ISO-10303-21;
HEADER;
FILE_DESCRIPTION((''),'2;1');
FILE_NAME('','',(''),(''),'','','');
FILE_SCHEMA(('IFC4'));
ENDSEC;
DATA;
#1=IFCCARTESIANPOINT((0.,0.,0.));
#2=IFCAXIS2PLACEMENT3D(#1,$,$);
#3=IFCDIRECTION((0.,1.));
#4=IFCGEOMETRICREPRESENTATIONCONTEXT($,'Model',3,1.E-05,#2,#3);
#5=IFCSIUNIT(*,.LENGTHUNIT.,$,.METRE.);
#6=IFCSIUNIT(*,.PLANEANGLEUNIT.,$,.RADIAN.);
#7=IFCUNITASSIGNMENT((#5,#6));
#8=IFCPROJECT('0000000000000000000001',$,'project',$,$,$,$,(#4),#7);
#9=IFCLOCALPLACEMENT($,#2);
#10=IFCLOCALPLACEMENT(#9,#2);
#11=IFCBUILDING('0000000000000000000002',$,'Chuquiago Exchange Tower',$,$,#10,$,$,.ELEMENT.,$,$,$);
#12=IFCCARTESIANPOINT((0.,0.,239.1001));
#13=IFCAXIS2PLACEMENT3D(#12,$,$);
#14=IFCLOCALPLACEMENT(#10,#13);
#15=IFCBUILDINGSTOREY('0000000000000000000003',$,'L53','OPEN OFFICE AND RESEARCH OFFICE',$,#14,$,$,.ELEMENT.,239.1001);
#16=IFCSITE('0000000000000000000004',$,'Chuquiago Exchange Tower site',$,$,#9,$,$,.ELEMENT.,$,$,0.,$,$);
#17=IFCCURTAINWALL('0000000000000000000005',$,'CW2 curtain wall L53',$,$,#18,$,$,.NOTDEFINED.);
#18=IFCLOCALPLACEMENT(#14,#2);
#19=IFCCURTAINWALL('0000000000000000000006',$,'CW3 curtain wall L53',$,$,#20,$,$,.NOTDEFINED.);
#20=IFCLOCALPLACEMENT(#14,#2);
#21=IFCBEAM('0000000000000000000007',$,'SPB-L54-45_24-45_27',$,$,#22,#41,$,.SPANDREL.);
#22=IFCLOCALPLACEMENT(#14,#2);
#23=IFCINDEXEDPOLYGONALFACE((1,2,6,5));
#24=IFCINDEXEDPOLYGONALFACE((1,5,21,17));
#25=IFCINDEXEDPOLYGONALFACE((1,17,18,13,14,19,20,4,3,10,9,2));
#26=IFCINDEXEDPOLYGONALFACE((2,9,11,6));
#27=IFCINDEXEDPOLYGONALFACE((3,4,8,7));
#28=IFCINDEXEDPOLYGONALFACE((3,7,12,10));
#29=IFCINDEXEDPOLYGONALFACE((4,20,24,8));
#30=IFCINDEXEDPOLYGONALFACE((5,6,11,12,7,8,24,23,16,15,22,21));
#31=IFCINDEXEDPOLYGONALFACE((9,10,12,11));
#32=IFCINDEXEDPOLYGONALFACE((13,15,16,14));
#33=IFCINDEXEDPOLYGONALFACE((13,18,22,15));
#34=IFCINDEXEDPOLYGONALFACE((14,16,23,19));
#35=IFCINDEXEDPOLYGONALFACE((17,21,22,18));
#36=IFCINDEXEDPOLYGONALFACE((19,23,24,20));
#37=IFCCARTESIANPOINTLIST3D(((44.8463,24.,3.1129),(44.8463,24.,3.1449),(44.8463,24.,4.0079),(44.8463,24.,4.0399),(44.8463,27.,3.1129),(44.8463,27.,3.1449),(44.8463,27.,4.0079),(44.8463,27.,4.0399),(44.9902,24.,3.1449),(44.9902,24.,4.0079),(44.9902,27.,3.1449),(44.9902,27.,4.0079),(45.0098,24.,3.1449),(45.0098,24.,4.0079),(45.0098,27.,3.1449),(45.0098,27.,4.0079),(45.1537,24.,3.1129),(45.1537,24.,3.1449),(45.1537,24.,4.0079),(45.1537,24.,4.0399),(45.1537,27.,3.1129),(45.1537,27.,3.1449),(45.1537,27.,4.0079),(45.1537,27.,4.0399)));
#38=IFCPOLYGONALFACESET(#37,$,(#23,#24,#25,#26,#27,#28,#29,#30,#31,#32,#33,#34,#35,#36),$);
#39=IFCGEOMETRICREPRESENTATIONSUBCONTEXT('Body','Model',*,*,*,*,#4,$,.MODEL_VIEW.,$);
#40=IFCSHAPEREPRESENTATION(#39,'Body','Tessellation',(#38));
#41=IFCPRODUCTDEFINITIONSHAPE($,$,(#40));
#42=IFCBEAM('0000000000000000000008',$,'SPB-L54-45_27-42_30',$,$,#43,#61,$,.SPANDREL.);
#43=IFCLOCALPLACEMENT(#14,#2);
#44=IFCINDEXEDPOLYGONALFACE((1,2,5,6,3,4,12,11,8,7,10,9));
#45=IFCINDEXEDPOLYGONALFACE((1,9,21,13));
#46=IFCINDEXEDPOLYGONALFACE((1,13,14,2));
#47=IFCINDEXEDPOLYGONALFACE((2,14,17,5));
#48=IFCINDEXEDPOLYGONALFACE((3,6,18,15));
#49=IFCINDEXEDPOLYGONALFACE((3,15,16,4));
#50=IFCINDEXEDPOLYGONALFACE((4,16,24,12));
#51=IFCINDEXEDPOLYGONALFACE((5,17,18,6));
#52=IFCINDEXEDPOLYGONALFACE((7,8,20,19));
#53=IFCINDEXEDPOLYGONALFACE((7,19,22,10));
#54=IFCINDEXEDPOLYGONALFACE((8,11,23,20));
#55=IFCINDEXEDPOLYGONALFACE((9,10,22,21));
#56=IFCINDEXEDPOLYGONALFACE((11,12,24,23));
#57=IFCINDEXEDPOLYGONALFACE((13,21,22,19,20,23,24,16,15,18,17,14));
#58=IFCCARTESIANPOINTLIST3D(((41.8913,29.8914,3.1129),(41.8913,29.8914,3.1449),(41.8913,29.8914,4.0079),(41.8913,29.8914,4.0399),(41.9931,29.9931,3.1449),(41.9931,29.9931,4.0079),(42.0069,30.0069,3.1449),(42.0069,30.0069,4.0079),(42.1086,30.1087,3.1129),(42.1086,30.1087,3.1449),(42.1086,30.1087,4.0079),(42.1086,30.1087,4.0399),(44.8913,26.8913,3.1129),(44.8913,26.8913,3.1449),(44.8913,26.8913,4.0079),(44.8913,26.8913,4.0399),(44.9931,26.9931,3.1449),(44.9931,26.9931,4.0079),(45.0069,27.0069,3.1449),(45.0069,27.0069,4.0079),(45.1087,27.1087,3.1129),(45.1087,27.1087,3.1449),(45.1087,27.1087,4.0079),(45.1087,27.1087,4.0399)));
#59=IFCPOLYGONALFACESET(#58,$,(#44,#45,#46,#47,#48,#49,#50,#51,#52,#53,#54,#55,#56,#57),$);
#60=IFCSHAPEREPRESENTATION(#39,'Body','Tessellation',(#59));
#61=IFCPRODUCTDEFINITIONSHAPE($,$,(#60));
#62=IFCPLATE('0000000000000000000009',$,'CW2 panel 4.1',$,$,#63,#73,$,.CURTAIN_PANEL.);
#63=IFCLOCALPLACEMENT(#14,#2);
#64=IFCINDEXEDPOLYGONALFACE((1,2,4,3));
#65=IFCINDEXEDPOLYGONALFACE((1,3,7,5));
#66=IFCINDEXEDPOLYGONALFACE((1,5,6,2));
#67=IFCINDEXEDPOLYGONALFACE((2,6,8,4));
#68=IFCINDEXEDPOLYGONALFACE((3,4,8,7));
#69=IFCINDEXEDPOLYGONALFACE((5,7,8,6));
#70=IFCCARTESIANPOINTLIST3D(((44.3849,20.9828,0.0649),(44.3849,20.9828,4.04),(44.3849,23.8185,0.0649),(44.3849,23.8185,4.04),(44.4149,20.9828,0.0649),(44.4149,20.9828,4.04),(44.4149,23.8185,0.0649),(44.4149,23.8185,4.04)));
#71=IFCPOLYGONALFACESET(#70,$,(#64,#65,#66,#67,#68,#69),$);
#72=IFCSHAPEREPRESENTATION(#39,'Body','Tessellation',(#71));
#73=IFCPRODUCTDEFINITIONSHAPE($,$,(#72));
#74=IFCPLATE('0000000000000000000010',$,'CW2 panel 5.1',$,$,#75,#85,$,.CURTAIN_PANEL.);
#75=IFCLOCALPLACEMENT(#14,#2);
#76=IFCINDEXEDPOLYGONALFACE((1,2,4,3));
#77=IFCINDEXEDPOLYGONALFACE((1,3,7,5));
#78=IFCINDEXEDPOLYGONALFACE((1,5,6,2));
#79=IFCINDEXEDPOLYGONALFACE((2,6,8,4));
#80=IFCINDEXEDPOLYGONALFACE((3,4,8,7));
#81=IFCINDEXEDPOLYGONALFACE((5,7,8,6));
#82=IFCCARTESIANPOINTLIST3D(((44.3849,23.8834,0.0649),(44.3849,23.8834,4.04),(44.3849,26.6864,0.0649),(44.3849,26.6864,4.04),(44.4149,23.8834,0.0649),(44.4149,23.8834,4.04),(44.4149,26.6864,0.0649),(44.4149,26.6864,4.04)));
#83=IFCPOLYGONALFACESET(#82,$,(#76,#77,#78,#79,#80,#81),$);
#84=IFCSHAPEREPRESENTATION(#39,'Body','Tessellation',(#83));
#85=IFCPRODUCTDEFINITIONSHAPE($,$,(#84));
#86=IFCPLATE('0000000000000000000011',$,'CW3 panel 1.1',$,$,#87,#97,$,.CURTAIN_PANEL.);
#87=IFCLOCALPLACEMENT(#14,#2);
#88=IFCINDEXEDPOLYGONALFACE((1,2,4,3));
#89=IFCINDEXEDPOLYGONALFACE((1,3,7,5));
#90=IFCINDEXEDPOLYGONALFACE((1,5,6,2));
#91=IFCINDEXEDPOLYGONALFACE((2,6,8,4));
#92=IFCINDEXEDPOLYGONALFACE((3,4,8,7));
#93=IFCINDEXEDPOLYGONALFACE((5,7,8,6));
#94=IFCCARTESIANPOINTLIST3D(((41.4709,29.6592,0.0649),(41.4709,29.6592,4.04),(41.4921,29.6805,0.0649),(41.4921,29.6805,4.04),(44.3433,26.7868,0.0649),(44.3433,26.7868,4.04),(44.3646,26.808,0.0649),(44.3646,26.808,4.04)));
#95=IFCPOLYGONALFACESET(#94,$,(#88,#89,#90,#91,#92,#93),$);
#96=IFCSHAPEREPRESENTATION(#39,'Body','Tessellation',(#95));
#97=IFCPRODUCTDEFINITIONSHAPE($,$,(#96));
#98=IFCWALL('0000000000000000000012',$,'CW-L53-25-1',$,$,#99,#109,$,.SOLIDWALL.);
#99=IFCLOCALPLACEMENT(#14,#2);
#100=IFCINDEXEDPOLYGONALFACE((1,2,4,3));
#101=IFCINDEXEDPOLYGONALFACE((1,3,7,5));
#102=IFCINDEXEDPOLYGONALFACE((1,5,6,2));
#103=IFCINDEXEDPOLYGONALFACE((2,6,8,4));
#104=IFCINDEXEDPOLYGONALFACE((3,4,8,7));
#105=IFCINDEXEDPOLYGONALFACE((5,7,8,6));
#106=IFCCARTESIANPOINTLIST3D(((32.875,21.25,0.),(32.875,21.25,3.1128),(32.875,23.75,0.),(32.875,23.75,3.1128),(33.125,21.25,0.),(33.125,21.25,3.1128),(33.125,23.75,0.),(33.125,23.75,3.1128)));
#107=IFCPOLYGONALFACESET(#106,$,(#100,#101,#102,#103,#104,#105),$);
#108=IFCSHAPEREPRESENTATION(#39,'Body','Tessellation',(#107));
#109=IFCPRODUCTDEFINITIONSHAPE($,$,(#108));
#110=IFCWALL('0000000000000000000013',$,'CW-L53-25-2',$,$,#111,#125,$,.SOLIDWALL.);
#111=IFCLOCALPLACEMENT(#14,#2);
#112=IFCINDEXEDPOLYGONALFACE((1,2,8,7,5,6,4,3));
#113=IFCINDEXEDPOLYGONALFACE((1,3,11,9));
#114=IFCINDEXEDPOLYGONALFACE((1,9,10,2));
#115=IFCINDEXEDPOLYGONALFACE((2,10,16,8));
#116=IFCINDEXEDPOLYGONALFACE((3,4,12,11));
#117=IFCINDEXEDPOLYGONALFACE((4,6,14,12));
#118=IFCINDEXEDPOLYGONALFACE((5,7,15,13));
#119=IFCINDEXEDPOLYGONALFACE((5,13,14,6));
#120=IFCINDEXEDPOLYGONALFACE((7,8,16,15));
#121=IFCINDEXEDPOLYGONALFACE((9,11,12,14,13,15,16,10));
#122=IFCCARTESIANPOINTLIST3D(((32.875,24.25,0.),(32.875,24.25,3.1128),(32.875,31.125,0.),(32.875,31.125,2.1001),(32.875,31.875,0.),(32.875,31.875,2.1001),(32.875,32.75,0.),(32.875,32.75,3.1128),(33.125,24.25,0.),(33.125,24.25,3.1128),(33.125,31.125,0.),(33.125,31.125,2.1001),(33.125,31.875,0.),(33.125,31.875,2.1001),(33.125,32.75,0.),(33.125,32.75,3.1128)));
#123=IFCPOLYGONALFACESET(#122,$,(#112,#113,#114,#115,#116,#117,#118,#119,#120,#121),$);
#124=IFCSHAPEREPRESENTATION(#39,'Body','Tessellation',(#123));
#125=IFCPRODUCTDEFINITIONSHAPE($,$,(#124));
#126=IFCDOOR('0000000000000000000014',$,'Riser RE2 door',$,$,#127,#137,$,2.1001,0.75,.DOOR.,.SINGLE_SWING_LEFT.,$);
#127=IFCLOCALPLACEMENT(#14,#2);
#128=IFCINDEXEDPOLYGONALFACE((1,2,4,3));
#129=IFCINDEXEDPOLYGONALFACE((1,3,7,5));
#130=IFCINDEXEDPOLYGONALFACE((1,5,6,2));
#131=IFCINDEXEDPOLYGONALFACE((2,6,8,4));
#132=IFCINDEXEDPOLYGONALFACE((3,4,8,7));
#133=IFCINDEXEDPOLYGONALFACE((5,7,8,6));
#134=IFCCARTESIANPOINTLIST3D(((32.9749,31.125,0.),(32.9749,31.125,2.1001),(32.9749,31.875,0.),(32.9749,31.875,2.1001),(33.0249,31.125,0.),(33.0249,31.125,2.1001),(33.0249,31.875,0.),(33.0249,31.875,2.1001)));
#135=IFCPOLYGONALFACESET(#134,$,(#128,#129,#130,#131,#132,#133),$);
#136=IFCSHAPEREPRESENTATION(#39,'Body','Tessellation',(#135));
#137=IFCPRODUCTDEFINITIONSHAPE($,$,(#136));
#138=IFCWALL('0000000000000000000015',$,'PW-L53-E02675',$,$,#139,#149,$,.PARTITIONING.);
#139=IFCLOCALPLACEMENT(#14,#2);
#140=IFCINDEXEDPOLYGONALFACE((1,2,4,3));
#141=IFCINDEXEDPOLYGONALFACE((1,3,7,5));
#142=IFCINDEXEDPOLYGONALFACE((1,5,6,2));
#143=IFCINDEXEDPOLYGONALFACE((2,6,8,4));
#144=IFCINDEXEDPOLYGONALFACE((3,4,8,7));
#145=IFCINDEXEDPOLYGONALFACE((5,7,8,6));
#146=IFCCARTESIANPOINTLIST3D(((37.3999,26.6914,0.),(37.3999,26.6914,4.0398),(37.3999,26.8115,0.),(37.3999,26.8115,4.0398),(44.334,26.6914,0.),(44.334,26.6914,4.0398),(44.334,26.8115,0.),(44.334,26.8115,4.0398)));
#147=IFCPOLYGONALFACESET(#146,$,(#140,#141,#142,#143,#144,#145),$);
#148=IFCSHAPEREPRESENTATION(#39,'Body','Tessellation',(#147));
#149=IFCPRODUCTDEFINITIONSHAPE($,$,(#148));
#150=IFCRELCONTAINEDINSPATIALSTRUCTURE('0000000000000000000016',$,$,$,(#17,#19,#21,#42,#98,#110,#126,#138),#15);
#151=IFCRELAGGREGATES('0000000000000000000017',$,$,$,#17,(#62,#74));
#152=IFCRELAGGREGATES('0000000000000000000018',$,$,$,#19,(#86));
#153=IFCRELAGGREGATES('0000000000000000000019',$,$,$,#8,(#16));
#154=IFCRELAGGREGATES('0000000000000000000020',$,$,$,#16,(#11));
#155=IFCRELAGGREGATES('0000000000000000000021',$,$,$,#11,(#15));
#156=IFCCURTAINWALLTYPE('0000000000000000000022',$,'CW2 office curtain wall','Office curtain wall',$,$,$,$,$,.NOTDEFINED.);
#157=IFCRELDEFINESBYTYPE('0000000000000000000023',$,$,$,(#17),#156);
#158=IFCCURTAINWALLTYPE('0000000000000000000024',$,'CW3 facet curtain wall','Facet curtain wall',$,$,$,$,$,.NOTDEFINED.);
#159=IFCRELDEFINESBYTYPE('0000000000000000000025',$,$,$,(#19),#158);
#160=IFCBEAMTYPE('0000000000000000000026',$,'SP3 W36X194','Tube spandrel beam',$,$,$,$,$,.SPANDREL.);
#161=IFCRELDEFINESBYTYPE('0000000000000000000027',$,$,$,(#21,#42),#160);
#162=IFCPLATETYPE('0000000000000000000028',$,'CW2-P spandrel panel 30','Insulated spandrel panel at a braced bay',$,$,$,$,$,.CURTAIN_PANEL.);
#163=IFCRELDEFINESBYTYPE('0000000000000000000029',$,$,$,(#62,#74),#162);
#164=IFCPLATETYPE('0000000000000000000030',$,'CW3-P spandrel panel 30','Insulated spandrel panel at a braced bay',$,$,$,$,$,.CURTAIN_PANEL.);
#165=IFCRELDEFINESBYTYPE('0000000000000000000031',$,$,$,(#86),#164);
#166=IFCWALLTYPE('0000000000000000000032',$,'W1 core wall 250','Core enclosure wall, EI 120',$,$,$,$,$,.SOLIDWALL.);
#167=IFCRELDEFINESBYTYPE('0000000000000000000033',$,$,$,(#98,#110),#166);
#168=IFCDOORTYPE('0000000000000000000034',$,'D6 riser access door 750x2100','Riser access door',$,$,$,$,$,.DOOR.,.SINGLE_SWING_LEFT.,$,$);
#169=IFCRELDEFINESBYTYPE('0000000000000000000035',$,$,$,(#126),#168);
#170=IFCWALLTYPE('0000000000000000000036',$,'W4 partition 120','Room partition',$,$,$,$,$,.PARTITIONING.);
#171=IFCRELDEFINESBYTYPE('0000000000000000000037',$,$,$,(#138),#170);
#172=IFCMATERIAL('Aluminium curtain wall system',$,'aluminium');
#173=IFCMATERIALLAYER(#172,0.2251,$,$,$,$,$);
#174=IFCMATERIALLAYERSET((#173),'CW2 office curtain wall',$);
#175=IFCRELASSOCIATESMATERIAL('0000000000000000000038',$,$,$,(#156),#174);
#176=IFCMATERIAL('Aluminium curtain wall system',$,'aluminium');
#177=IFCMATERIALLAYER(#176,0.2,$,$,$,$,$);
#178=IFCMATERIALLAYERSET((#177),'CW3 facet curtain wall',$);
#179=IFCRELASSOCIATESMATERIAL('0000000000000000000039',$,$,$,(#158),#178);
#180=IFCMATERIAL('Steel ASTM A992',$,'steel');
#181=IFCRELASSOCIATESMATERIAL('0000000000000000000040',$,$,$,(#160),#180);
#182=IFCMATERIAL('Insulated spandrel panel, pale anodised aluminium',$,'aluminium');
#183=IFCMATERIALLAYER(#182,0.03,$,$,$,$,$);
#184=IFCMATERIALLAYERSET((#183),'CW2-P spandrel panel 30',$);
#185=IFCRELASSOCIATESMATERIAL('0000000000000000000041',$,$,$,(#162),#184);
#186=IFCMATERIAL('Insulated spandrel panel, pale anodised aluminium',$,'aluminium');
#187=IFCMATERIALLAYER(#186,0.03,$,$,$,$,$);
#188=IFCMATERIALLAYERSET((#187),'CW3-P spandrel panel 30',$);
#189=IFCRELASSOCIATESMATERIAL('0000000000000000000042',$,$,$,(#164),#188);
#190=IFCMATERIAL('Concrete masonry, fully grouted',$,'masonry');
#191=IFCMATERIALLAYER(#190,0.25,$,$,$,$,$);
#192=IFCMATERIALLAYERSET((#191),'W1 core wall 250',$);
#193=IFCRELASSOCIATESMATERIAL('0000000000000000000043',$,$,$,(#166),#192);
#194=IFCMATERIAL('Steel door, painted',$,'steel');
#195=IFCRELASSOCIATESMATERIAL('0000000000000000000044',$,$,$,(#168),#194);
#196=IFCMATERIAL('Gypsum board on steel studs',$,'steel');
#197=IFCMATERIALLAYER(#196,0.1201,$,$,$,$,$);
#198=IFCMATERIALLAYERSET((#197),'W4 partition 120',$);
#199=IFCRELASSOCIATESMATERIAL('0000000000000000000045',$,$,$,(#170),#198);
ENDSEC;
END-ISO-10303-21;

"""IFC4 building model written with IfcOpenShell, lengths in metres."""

from ifc_helpers import new_model, si_unit, direction, frame, frame_2d, origin, origin_2d, place, context, subcontext, project, spatial, rectangle, i_section, extrude, material, layer, layer_set, material_profile, profile_set, type_object, element, fill, aggregate, save


model = new_model("IFC4")

# Units and contexts
model_context = context("Model", 3, precision=1e-05, world=origin(), true_north=direction((0.0, 1.0)))
body_context = subcontext(model_context, "Body", "Model", "MODEL_VIEW")
ifc_project = project(units=[si_unit("LENGTHUNIT", "METRE"), si_unit("PLANEANGLEUNIT", "RADIAN")], contexts=[model_context])

# Site, building, storey
site_placement = place(None, origin())
site = spatial("IfcSite", under=ifc_project, at=site_placement, Name="Chuquiago Exchange Tower site", CompositionType="ELEMENT", RefElevation=0.0)
building_placement = place(site_placement, origin())
building = spatial("IfcBuilding", under=site, at=building_placement, Name="Chuquiago Exchange Tower", CompositionType="ELEMENT")
storey_placement = place(building_placement, frame((0.0, 0.0, 239.1001)))
storey = spatial("IfcBuildingStorey", under=building, at=storey_placement, Name="L53", Description="OPEN OFFICE AND RESEARCH OFFICE", CompositionType="ELEMENT", Elevation=239.1001)

# Curtain walls
ifc_material_1 = material(Name="Aluminium curtain wall system", Category="aluminium")
ifc_layer_1 = layer(ifc_material_1, 0.2251)
ifc_layer_set_1 = layer_set([ifc_layer_1], Name="CW2 office curtain wall")
curtain_wall_type_1 = type_object("IfcCurtainWallType", Name="CW2 office curtain wall", Description="Office curtain wall", PredefinedType="NOTDEFINED", material=ifc_layer_set_1)
curtain_wall_1_placement = place(storey_placement, origin())
curtain_wall_1 = element("IfcCurtainWall", 1, at=curtain_wall_1_placement, inside=storey, type_object=curtain_wall_type_1, Name="CW2 curtain wall L53", PredefinedType="NOTDEFINED")
ifc_material_2 = material(Name="Aluminium curtain wall system", Category="aluminium")
ifc_layer_2 = layer(ifc_material_2, 0.2)
ifc_layer_set_2 = layer_set([ifc_layer_2], Name="CW3 facet curtain wall")
curtain_wall_type_2 = type_object("IfcCurtainWallType", Name="CW3 facet curtain wall", Description="Facet curtain wall", PredefinedType="NOTDEFINED", material=ifc_layer_set_2)
curtain_wall_2_placement = place(storey_placement, origin())
curtain_wall_2 = element("IfcCurtainWall", 2, at=curtain_wall_2_placement, inside=storey, type_object=curtain_wall_type_2, Name="CW3 curtain wall L53", PredefinedType="NOTDEFINED")

# Beams
ifc_material_3 = material(Name="Steel ASTM A992", Category="steel")
ifc_material_profile_1 = material_profile(ifc_material_3, i_section(OverallWidth=0.3074, OverallDepth=0.927, WebThickness=0.0195, FlangeThickness=0.032, at=origin_2d()), Name="W36X194")
ifc_profile_set_1 = profile_set([ifc_material_profile_1], Name="Steel ASTM A992")
beam_type_1 = type_object("IfcBeamType", Name="SP3 W36X194", Description="Tube spandrel beam", PredefinedType="SPANDREL", material=ifc_profile_set_1)
for number, where, z_axis, x_axis, name in (
    (3, (45.0, 24.0, 3.5764), (0.0, 1.0, 0.0), (-1.0, 0.0, 0.0), "SPB-L54-45_24-45_27"),
):
    element("IfcBeam", number, at=place(storey_placement, frame(where, z_axis=z_axis, x_axis=x_axis)), inside=storey, type_object=beam_type_1, Name=name, PredefinedType="SPANDREL", context=body_context, shape_type="SweptSolid", body=[
        extrude(i_section(OverallWidth=0.3074, OverallDepth=0.927, WebThickness=0.0195, FlangeThickness=0.032, at=origin_2d()), origin(), (0.0, 0.0, 1.0), 3.0),
    ])
beam_1_placement = place(storey_placement, frame((45.0, 27.0, 3.5764), z_axis=(-0.707107, 0.707107, 0.0), x_axis=(-0.707107, -0.707107, 0.0)))
element("IfcBeam", 4, at=beam_1_placement, inside=storey, type_object=beam_type_1, Name="SPB-L54-45_27-42_30", PredefinedType="SPANDREL", context=body_context, shape_type="SweptSolid", body=[
    extrude(i_section(OverallWidth=0.3074, OverallDepth=0.927, WebThickness=0.0195, FlangeThickness=0.032, at=origin_2d()), origin(), (0.0, 0.0, 1.0), 4.2427),
])

# Plates
ifc_material_4 = material(Name="Insulated spandrel panel, pale anodised aluminium", Category="aluminium")
ifc_layer_3 = layer(ifc_material_4, 0.03)
ifc_layer_set_3 = layer_set([ifc_layer_3], Name="CW2-P spandrel panel 30")
plate_type_1 = type_object("IfcPlateType", Name="CW2-P spandrel panel 30", Description="Insulated spandrel panel at a braced bay", PredefinedType="CURTAIN_PANEL", material=ifc_layer_set_3)
plate_1_placement = place(storey_placement, frame((44.3999, 22.4006, 0.0649), z_axis=(0.0, 0.0, 1.0), x_axis=(0.0, 1.0, 0.0)))
plate_1 = element("IfcPlate", 5, at=plate_1_placement, type_object=plate_type_1, Name="CW2 panel 4.1", PredefinedType="CURTAIN_PANEL", context=body_context, shape_type="SweptSolid", body=[
    extrude(rectangle(XDim=2.8357, YDim=0.03, at=origin_2d()), origin(), (0.0, 0.0, 1.0), 3.9751),
])
plate_2_placement = place(storey_placement, frame((44.3999, 25.2849, 0.0649), z_axis=(0.0, 0.0, 1.0), x_axis=(0.0, 1.0, 0.0)))
plate_2 = element("IfcPlate", 6, at=plate_2_placement, type_object=plate_type_1, Name="CW2 panel 5.1", PredefinedType="CURTAIN_PANEL", context=body_context, shape_type="SweptSolid", body=[
    extrude(rectangle(XDim=2.803, YDim=0.03, at=origin_2d()), origin(), (0.0, 0.0, 1.0), 3.9751),
])
aggregate(curtain_wall_1, [plate_1, plate_2])
ifc_material_5 = material(Name="Insulated spandrel panel, pale anodised aluminium", Category="aluminium")
ifc_layer_4 = layer(ifc_material_5, 0.03)
ifc_layer_set_4 = layer_set([ifc_layer_4], Name="CW3-P spandrel panel 30")
plate_type_2 = type_object("IfcPlateType", Name="CW3-P spandrel panel 30", Description="Insulated spandrel panel at a braced bay", PredefinedType="CURTAIN_PANEL", material=ifc_layer_set_4)
plate_3_placement = place(storey_placement, frame((42.9177, 28.2336, 0.0649), z_axis=(0.0, 0.0, 1.0), x_axis=(-0.707107, 0.707107, 0.0)))
plate_3 = element("IfcPlate", 7, at=plate_3_placement, type_object=plate_type_2, Name="CW3 panel 1.1", PredefinedType="CURTAIN_PANEL", context=body_context, shape_type="SweptSolid", body=[
    extrude(rectangle(XDim=4.0623, YDim=0.03, at=origin_2d()), origin(), (0.0, 0.0, 1.0), 3.9751),
])
aggregate(curtain_wall_2, [plate_3])

# Wall
ifc_material_6 = material(Name="Concrete masonry, fully grouted", Category="masonry")
ifc_layer_5 = layer(ifc_material_6, 0.25)
ifc_layer_set_5 = layer_set([ifc_layer_5], Name="W1 core wall 250")
wall_type_1 = type_object("IfcWallType", Name="W1 core wall 250", Description="Core enclosure wall, EI 120", PredefinedType="SOLIDWALL", material=ifc_layer_set_5)
wall_1_placement = place(storey_placement, frame((33.0, 21.25, 0.0), z_axis=(0.0, 0.0, 1.0), x_axis=(0.0, 1.0, 0.0)))
element("IfcWall", 8, at=wall_1_placement, inside=storey, type_object=wall_type_1, Name="CW-L53-25-1", PredefinedType="SOLIDWALL", context=body_context, shape_type="SweptSolid", body=[
    extrude(rectangle(XDim=2.5, YDim=0.25, at=frame_2d((1.25, 0.0))), origin(), (0.0, 0.0, 1.0), 3.1128),
])

# Wall, opening, door
wall_2_placement = place(storey_placement, frame((33.0, 24.25, 0.0), z_axis=(0.0, 0.0, 1.0), x_axis=(0.0, 1.0, 0.0)))
wall_2 = element("IfcWall", 9, at=wall_2_placement, inside=storey, type_object=wall_type_1, Name="CW-L53-25-2", PredefinedType="SOLIDWALL", context=body_context, shape_type="SweptSolid", body=[
    extrude(rectangle(XDim=8.5, YDim=0.25, at=frame_2d((4.25, 0.0))), origin(), (0.0, 0.0, 1.0), 3.1128),
])
opening_placement = place(wall_2_placement, frame((6.875, 0.0, 0.0)))
opening = element("IfcOpeningElement", 10, at=opening_placement, cuts=wall_2, PredefinedType="OPENING", context=body_context, shape_type="SweptSolid", body=[
    extrude(rectangle(XDim=0.75, YDim=2.1001, at=frame_2d((0.375, 1.05))), frame((0.0, 0.135, 0.0), z_axis=(0.0, -1.0, 0.0), x_axis=(1.0, 0.0, 0.0)), (0.0, 0.0, 1.0), 0.27),
])
ifc_material_7 = material(Name="Steel door, painted", Category="steel")
door_type = type_object("IfcDoorType", Name="D6 riser access door 750x2100", Description="Riser access door", OperationType="SINGLE_SWING_LEFT", PredefinedType="DOOR", material=ifc_material_7)
door_placement = place(opening_placement, frame((0.75, 0.0, 0.0), z_axis=(0.0, 0.0, 1.0), x_axis=(-1.0, 0.0, 0.0)))
door = element("IfcDoor", 11, at=door_placement, inside=storey, type_object=door_type, Name="Riser RE2 door", OperationType="SINGLE_SWING_LEFT", OverallHeight=2.1001, OverallWidth=0.75, PredefinedType="DOOR", context=body_context, shape_type="SweptSolid", body=[
    extrude(rectangle(XDim=0.75, YDim=2.1001, at=frame_2d((0.375, 1.05))), frame((0.0, 0.0249, 0.0), z_axis=(0.0, -1.0, 0.0), x_axis=(1.0, 0.0, 0.0)), (0.0, 0.0, 1.0), 0.05),
])
fill(opening, door)

# Wall
ifc_material_8 = material(Name="Gypsum board on steel studs", Category="steel")
ifc_layer_6 = layer(ifc_material_8, 0.1201)
ifc_layer_set_6 = layer_set([ifc_layer_6], Name="W4 partition 120")
wall_type_2 = type_object("IfcWallType", Name="W4 partition 120", Description="Room partition", PredefinedType="PARTITIONING", material=ifc_layer_set_6)
wall_3_placement = place(storey_placement, frame((44.334, 26.7515, 0.0), z_axis=(0.0, 0.0, 1.0), x_axis=(-1.0, 0.0, 0.0)))
element("IfcWall", 12, at=wall_3_placement, inside=storey, type_object=wall_type_2, Name="PW-L53-E02675", PredefinedType="PARTITIONING", context=body_context, shape_type="SweptSolid", body=[
    extrude(rectangle(XDim=6.9341, YDim=0.1201, at=frame_2d((3.467, 0.0))), origin(), (0.0, 0.0, 1.0), 4.0398),
])

save(model, "model.ifc")
